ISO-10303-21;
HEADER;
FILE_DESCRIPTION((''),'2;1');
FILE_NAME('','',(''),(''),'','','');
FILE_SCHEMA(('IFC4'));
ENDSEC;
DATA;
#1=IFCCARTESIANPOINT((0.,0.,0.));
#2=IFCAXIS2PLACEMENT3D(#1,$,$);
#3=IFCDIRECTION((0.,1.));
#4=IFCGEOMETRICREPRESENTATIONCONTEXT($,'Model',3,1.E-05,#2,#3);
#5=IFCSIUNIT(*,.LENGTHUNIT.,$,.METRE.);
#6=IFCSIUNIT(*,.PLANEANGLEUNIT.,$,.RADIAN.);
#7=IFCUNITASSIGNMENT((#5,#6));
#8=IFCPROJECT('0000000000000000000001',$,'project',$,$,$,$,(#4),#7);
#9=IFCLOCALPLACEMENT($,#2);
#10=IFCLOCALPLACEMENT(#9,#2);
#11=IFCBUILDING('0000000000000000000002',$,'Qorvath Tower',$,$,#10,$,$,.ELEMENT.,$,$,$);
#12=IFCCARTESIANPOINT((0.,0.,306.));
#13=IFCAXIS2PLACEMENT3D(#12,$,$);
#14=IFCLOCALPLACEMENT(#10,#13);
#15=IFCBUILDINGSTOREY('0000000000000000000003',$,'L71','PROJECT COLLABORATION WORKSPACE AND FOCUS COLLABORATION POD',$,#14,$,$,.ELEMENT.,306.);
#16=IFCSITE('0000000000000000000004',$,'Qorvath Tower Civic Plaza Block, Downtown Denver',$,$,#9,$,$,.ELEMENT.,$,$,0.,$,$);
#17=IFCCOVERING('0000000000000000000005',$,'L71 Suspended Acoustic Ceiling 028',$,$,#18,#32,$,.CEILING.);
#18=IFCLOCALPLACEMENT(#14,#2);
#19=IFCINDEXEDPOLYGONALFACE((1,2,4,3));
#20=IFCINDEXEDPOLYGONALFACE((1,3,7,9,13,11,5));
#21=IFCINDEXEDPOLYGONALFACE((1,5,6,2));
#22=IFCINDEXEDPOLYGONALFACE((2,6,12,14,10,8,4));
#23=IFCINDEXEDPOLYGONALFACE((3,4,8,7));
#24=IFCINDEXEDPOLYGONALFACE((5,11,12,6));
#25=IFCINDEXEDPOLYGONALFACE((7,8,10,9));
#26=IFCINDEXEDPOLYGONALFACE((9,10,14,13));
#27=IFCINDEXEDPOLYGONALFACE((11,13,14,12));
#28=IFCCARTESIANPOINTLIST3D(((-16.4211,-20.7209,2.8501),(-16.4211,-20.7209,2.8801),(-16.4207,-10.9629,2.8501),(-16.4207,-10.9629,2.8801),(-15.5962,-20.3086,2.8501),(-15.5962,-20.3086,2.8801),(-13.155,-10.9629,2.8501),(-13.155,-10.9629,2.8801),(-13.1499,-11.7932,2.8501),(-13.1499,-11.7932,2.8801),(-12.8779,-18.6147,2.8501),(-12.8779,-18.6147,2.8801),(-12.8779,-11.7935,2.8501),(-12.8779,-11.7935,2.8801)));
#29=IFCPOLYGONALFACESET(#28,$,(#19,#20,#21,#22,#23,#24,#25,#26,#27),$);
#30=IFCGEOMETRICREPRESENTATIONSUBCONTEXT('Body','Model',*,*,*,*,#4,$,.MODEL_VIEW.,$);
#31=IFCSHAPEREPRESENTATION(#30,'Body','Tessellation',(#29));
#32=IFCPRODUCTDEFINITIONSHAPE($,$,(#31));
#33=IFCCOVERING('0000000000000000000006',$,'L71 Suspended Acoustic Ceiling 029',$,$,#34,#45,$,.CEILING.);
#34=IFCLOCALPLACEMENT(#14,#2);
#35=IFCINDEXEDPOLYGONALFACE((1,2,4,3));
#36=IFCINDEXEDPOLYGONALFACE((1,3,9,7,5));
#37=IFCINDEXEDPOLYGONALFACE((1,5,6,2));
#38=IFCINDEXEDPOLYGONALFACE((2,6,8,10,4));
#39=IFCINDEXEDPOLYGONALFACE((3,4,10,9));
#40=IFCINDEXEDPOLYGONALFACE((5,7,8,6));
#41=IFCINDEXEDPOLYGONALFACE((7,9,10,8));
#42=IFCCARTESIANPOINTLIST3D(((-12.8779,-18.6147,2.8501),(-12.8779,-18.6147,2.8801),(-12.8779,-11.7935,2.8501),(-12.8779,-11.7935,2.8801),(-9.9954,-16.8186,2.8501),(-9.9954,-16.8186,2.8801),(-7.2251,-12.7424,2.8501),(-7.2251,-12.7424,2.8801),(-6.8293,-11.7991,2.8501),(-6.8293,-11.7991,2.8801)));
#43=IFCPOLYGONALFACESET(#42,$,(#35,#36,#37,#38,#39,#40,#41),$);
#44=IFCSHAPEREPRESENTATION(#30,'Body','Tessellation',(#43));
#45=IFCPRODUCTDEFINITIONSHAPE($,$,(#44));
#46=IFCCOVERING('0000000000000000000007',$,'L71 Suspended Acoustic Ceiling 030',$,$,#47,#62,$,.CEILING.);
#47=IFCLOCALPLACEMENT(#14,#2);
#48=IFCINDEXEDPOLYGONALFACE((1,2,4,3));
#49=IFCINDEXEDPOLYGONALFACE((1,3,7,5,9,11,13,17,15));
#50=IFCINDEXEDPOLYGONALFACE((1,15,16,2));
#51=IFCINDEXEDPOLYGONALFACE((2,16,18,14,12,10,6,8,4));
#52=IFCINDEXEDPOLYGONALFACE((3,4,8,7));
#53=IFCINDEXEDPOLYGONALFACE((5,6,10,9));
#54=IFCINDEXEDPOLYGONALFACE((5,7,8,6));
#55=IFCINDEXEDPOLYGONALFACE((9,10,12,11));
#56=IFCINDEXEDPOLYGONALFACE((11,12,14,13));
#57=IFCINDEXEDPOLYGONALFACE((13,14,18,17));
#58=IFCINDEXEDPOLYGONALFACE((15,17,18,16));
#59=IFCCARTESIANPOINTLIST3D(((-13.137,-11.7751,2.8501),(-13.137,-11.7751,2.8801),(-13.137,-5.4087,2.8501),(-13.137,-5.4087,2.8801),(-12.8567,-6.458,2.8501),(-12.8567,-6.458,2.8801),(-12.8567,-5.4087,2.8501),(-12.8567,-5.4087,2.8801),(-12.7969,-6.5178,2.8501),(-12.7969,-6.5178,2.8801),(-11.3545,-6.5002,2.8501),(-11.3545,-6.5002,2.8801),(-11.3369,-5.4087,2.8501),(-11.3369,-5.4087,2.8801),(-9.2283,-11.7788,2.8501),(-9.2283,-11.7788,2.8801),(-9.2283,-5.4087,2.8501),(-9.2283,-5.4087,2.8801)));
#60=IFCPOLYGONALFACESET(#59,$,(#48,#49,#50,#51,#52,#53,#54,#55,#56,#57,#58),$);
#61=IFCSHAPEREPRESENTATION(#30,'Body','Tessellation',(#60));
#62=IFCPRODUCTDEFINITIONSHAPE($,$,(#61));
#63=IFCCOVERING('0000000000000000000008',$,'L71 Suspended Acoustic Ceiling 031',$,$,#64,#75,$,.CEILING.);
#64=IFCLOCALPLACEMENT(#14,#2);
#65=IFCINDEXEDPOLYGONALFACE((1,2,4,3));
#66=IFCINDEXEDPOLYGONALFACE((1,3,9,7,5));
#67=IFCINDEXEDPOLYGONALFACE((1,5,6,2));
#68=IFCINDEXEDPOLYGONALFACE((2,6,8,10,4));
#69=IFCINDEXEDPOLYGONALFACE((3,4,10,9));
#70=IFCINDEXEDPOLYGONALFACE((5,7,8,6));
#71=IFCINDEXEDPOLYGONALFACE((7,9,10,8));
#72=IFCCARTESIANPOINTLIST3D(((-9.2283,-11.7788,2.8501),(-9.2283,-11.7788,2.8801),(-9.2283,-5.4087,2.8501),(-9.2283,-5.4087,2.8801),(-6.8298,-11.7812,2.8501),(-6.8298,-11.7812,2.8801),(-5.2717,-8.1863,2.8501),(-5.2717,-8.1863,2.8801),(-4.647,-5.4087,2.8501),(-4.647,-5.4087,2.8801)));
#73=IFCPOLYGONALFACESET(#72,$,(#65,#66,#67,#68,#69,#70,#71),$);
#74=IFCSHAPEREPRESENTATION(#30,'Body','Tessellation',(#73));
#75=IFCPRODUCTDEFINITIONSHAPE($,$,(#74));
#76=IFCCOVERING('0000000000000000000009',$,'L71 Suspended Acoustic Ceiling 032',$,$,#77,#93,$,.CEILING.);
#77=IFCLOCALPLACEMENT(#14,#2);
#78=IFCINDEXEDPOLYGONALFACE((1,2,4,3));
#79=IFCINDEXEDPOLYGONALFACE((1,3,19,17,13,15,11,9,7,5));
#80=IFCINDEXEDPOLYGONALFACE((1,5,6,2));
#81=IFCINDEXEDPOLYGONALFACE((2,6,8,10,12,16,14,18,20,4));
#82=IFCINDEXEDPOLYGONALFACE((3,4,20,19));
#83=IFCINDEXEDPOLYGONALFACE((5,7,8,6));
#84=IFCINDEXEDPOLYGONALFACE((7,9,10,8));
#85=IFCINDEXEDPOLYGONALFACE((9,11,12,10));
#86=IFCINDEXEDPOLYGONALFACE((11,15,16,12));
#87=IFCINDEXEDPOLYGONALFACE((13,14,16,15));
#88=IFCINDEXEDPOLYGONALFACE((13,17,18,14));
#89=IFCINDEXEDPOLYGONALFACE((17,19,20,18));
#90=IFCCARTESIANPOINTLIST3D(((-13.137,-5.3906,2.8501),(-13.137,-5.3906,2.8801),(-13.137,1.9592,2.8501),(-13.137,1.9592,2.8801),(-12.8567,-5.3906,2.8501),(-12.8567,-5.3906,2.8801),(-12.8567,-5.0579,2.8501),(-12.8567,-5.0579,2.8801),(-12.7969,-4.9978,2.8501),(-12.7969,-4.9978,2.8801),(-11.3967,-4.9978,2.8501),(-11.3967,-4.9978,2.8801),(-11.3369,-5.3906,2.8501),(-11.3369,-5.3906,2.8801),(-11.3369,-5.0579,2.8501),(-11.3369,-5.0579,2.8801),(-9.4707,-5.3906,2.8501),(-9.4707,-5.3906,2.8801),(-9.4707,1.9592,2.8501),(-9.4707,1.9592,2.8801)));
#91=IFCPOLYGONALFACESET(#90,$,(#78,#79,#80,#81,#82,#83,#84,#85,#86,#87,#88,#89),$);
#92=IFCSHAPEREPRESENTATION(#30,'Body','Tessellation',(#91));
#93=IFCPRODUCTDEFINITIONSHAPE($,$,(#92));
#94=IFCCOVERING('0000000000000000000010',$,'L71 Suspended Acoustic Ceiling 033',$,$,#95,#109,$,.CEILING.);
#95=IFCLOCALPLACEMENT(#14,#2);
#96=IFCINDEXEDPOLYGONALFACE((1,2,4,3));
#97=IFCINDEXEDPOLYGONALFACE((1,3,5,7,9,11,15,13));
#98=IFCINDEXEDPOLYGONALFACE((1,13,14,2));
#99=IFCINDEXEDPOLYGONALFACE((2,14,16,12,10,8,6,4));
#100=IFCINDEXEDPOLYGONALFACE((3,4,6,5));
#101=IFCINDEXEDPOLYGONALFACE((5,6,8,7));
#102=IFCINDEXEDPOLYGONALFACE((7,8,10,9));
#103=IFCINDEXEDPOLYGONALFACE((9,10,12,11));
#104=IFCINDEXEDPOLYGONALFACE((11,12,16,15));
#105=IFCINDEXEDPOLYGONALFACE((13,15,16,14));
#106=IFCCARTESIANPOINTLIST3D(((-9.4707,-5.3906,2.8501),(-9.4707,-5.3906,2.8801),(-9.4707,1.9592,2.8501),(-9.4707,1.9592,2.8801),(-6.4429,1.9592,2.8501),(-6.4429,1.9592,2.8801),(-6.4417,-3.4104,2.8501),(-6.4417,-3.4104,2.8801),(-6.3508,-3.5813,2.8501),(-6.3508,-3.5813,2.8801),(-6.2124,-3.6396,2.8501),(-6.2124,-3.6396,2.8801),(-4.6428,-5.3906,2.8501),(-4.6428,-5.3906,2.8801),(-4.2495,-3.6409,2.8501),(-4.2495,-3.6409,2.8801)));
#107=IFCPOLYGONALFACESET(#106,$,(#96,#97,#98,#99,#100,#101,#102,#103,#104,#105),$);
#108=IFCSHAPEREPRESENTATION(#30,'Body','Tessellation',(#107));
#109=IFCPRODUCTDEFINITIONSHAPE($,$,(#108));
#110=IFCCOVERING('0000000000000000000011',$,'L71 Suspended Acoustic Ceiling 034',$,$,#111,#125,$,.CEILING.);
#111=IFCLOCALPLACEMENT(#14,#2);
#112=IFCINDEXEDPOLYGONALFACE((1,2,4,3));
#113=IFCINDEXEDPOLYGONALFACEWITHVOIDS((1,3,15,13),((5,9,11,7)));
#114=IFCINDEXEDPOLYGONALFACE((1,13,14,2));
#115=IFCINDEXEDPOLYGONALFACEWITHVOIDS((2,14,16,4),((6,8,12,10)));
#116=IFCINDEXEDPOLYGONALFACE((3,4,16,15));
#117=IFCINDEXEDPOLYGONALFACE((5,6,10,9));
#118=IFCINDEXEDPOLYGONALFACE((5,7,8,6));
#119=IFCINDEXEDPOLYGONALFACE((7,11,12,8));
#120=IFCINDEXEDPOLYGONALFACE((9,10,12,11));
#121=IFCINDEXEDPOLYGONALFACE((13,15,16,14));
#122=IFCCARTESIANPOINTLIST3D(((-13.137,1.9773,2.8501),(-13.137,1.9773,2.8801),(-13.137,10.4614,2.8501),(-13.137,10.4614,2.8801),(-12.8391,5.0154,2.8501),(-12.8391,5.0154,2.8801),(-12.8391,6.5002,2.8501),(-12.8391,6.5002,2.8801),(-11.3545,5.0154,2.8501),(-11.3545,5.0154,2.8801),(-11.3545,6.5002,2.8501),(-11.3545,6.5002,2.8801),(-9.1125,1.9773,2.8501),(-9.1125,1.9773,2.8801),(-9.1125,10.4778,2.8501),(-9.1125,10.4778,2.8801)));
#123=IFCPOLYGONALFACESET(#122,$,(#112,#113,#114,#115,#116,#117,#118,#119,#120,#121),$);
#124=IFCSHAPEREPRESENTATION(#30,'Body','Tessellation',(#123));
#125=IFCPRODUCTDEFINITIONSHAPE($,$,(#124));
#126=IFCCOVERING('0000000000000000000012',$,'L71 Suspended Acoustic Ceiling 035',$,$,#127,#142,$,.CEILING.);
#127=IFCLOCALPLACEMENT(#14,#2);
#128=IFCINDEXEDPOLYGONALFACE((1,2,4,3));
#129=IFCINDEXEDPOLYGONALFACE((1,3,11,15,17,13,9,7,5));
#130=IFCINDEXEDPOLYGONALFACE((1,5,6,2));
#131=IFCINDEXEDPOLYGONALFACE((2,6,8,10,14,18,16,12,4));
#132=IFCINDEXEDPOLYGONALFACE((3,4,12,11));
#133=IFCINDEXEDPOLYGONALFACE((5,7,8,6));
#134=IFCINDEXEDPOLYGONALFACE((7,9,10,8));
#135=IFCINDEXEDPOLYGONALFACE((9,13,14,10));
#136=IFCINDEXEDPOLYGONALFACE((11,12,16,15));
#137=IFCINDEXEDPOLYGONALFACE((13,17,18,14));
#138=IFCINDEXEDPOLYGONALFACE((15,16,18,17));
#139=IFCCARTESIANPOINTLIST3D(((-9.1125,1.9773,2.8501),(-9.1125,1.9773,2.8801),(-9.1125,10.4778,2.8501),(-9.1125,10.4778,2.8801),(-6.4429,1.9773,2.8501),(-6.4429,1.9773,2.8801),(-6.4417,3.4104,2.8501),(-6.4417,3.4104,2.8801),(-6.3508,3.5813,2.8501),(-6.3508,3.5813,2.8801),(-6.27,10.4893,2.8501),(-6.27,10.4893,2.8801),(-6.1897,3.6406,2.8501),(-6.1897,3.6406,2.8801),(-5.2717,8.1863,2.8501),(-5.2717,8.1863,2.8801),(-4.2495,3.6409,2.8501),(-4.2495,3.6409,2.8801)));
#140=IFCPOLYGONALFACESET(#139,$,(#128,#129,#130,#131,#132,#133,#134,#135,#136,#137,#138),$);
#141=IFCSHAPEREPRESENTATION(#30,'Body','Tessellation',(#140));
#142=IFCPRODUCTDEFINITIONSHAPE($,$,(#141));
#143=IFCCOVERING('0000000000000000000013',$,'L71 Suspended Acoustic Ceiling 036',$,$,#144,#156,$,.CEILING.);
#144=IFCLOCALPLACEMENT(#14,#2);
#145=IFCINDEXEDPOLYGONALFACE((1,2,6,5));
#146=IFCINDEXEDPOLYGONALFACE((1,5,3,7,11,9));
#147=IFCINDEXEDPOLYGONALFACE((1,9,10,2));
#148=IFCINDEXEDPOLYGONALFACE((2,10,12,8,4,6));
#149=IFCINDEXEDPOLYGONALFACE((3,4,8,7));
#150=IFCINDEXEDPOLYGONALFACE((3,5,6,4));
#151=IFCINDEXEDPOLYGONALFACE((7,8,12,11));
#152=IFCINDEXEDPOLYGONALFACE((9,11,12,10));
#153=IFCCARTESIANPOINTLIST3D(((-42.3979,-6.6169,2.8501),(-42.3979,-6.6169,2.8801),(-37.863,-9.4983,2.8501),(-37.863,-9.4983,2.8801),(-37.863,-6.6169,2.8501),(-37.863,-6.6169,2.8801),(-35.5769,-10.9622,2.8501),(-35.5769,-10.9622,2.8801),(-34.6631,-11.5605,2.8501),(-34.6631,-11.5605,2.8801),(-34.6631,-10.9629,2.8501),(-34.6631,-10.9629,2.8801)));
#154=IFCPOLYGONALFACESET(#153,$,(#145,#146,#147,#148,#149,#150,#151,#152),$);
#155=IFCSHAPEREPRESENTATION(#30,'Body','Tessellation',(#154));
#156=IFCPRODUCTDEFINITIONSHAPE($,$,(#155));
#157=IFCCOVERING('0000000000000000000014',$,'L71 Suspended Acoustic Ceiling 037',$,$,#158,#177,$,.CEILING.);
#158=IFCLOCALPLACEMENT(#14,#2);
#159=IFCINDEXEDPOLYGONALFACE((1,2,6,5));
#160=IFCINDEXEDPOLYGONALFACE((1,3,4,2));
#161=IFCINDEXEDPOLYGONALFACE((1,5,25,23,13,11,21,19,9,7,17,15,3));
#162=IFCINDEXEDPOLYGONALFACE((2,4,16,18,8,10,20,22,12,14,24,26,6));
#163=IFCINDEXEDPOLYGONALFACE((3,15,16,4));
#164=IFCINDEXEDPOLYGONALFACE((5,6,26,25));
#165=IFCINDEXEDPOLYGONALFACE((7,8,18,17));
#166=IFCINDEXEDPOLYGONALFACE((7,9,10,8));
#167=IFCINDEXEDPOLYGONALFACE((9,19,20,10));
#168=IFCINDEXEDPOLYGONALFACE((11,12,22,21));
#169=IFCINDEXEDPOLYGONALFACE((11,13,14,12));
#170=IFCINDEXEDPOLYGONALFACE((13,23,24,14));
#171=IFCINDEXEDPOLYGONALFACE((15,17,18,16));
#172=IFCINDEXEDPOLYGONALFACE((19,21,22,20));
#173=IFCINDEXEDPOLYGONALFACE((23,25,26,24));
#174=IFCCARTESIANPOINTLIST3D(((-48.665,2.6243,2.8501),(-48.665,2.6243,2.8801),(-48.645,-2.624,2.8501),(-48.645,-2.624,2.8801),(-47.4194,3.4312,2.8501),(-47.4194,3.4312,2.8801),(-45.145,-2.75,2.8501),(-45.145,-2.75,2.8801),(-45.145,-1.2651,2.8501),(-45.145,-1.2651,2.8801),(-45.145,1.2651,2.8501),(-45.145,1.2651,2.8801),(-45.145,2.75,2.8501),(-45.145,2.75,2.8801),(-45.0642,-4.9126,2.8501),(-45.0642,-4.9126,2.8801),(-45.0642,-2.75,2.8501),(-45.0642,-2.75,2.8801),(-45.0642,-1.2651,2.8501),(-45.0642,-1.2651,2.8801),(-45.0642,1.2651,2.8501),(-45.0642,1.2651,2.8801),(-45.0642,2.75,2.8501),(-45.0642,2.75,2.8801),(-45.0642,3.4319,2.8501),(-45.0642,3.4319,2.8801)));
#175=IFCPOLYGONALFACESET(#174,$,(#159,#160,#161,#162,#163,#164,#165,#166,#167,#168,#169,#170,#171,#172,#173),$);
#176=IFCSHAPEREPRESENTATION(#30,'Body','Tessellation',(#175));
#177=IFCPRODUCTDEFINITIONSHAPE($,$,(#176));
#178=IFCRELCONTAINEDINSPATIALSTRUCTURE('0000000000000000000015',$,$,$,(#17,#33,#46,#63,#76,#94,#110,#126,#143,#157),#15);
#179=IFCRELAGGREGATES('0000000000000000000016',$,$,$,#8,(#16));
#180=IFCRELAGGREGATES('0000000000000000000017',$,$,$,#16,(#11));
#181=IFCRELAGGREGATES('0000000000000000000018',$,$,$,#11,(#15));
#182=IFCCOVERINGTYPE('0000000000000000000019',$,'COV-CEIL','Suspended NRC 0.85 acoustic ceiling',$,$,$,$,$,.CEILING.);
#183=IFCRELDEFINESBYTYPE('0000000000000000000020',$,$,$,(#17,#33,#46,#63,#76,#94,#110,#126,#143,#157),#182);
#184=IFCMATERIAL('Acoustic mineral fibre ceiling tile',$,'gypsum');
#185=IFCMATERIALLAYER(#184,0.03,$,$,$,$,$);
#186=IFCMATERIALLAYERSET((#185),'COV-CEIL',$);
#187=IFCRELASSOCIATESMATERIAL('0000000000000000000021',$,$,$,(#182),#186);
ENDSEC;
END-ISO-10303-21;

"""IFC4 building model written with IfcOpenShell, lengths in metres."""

from ifc_helpers import new_model, si_unit, direction, frame, origin, place, context, subcontext, project, spatial, polyline, outline, extrude, material, layer, layer_set, type_object, element, save


model = new_model("IFC4")

# Units and contexts
model_context = context("Model", 3, precision=1e-05, world=origin(), true_north=direction((0.0, 1.0)))
body_context = subcontext(model_context, "Body", "Model", "MODEL_VIEW")
ifc_project = project(units=[si_unit("LENGTHUNIT", "METRE"), si_unit("PLANEANGLEUNIT", "RADIAN")], contexts=[model_context])

# Site, building, storey
site_placement = place(None, origin())
site = spatial("IfcSite", under=ifc_project, at=site_placement, Name="Qorvath Tower Civic Plaza Block, Downtown Denver", CompositionType="ELEMENT", RefElevation=0.0)
building_placement = place(site_placement, origin())
building = spatial("IfcBuilding", under=site, at=building_placement, Name="Qorvath Tower", CompositionType="ELEMENT")
storey_placement = place(building_placement, frame((0.0, 0.0, 306.0)))
storey = spatial("IfcBuildingStorey", under=building, at=storey_placement, Name="L71", Description="PROJECT COLLABORATION WORKSPACE AND FOCUS COLLABORATION POD", CompositionType="ELEMENT", Elevation=306.0)

# Coverings
ifc_material_1 = material(Name="Acoustic mineral fibre ceiling tile", Category="gypsum")
ifc_layer_1 = layer(ifc_material_1, 0.03)
ifc_layer_set_1 = layer_set([ifc_layer_1], Name="COV-CEIL")
covering_type_1 = type_object("IfcCoveringType", Name="COV-CEIL", Description="Suspended NRC 0.85 acoustic ceiling", PredefinedType="CEILING", material=ifc_layer_set_1)
covering_1_placement = place(storey_placement, frame((0.0, 0.0, 2.8501)))
element("IfcCovering", 1, at=covering_1_placement, inside=storey, type_object=covering_type_1, Name="L71 Suspended Acoustic Ceiling 028", PredefinedType="CEILING", context=body_context, shape_type="SweptSolid", body=[
    extrude(outline(polyline([(-13.155, -10.9629), (-16.4207, -10.9629), (-16.4211, -20.7209), (-15.5962, -20.3086), (-12.8779, -18.6147), (-12.8779, -11.7935), (-13.1499, -11.7932), (-13.155, -10.9629)])), origin(), (0.0, 0.0, 1.0), 0.03),
])
covering_2_placement = place(storey_placement, frame((0.0, 0.0, 2.8501)))
element("IfcCovering", 2, at=covering_2_placement, inside=storey, type_object=covering_type_1, Name="L71 Suspended Acoustic Ceiling 029", PredefinedType="CEILING", context=body_context, shape_type="SweptSolid", body=[
    extrude(outline(polyline([(-12.8779, -11.7935), (-12.8779, -18.6147), (-9.9954, -16.8186), (-7.2251, -12.7424), (-6.8293, -11.7991), (-12.8779, -11.7935)])), origin(), (0.0, 0.0, 1.0), 0.03),
])
covering_3_placement = place(storey_placement, frame((0.0, 0.0, 2.8501)))
element("IfcCovering", 3, at=covering_3_placement, inside=storey, type_object=covering_type_1, Name="L71 Suspended Acoustic Ceiling 030", PredefinedType="CEILING", context=body_context, shape_type="SweptSolid", body=[
    extrude(outline(polyline([(-13.137, -5.4087), (-13.137, -11.7751), (-9.2283, -11.7788), (-9.2283, -5.4087), (-11.3369, -5.4087), (-11.3545, -6.5002), (-12.7969, -6.5178), (-12.8567, -6.458), (-12.8567, -5.4087), (-13.137, -5.4087)])), origin(), (0.0, 0.0, 1.0), 0.03),
])
covering_4_placement = place(storey_placement, frame((0.0, 0.0, 2.8501)))
element("IfcCovering", 4, at=covering_4_placement, inside=storey, type_object=covering_type_1, Name="L71 Suspended Acoustic Ceiling 031", PredefinedType="CEILING", context=body_context, shape_type="SweptSolid", body=[
    extrude(outline(polyline([(-9.2283, -5.4087), (-9.2283, -11.7788), (-6.8298, -11.7812), (-5.2717, -8.1863), (-4.647, -5.4087), (-9.2283, -5.4087)])), origin(), (0.0, 0.0, 1.0), 0.03),
])
covering_5_placement = place(storey_placement, frame((0.0, 0.0, 2.8501)))
element("IfcCovering", 5, at=covering_5_placement, inside=storey, type_object=covering_type_1, Name="L71 Suspended Acoustic Ceiling 032", PredefinedType="CEILING", context=body_context, shape_type="SweptSolid", body=[
    extrude(outline(polyline([(-9.4707, -5.3906), (-9.4707, 1.9592), (-13.137, 1.9592), (-13.137, -5.3906), (-12.8567, -5.3906), (-12.8567, -5.0579), (-12.7969, -4.9978), (-11.3967, -4.9978), (-11.3369, -5.0579), (-11.3369, -5.3906), (-9.4707, -5.3906)])), origin(), (0.0, 0.0, 1.0), 0.03),
])
covering_6_placement = place(storey_placement, frame((0.0, 0.0, 2.8501)))
element("IfcCovering", 6, at=covering_6_placement, inside=storey, type_object=covering_type_1, Name="L71 Suspended Acoustic Ceiling 033", PredefinedType="CEILING", context=body_context, shape_type="SweptSolid", body=[
    extrude(outline(polyline([(-6.3508, -3.5813), (-6.4417, -3.4104), (-6.4429, 1.9592), (-9.4707, 1.9592), (-9.4707, -5.3906), (-4.6428, -5.3906), (-4.2495, -3.6409), (-6.2124, -3.6396), (-6.3508, -3.5813)])), origin(), (0.0, 0.0, 1.0), 0.03),
])
covering_7_placement = place(storey_placement, frame((0.0, 0.0, 2.8501)))
element("IfcCovering", 7, at=covering_7_placement, inside=storey, type_object=covering_type_1, Name="L71 Suspended Acoustic Ceiling 034", PredefinedType="CEILING", context=body_context, shape_type="SweptSolid", body=[
    extrude(outline(polyline([(-9.1125, 1.9773), (-9.1125, 10.4778), (-13.137, 10.4614), (-13.137, 1.9773), (-9.1125, 1.9773)]), holes=[polyline([(-12.8391, 5.0154), (-12.8391, 6.5002), (-11.3545, 6.5002), (-11.3545, 5.0154), (-12.8391, 5.0154)])]), origin(), (0.0, 0.0, 1.0), 0.03),
])
covering_8_placement = place(storey_placement, frame((0.0, 0.0, 2.8501)))
element("IfcCovering", 8, at=covering_8_placement, inside=storey, type_object=covering_type_1, Name="L71 Suspended Acoustic Ceiling 035", PredefinedType="CEILING", context=body_context, shape_type="SweptSolid", body=[
    extrude(outline(polyline([(-6.1897, 3.6406), (-4.2495, 3.6409), (-5.2717, 8.1863), (-6.27, 10.4893), (-9.1125, 10.4778), (-9.1125, 1.9773), (-6.4429, 1.9773), (-6.4417, 3.4104), (-6.3508, 3.5813), (-6.1897, 3.6406)])), origin(), (0.0, 0.0, 1.0), 0.03),
])
covering_9_placement = place(storey_placement, frame((0.0, 0.0, 2.8501)))
element("IfcCovering", 9, at=covering_9_placement, inside=storey, type_object=covering_type_1, Name="L71 Suspended Acoustic Ceiling 036", PredefinedType="CEILING", context=body_context, shape_type="SweptSolid", body=[
    extrude(outline(polyline([(-37.863, -6.6169), (-42.3979, -6.6169), (-34.6631, -11.5605), (-34.6631, -10.9629), (-35.5769, -10.9622), (-37.863, -9.4983), (-37.863, -6.6169)])), origin(), (0.0, 0.0, 1.0), 0.03),
])
covering_10_placement = place(storey_placement, frame((0.0, 0.0, 2.8501)))
element("IfcCovering", 10, at=covering_10_placement, inside=storey, type_object=covering_type_1, Name="L71 Suspended Acoustic Ceiling 037", PredefinedType="CEILING", context=body_context, shape_type="SweptSolid", body=[
    extrude(outline(polyline([(-47.4194, 3.4312), (-48.665, 2.6243), (-48.645, -2.624), (-45.0642, -4.9126), (-45.0642, -2.75), (-45.145, -2.75), (-45.145, -1.2651), (-45.0642, -1.2651), (-45.0642, 1.2651), (-45.145, 1.2651), (-45.145, 2.75), (-45.0642, 2.75), (-45.0642, 3.4319), (-47.4194, 3.4312)])), origin(), (0.0, 0.0, 1.0), 0.03),
])

save(model, "model.ifc")
